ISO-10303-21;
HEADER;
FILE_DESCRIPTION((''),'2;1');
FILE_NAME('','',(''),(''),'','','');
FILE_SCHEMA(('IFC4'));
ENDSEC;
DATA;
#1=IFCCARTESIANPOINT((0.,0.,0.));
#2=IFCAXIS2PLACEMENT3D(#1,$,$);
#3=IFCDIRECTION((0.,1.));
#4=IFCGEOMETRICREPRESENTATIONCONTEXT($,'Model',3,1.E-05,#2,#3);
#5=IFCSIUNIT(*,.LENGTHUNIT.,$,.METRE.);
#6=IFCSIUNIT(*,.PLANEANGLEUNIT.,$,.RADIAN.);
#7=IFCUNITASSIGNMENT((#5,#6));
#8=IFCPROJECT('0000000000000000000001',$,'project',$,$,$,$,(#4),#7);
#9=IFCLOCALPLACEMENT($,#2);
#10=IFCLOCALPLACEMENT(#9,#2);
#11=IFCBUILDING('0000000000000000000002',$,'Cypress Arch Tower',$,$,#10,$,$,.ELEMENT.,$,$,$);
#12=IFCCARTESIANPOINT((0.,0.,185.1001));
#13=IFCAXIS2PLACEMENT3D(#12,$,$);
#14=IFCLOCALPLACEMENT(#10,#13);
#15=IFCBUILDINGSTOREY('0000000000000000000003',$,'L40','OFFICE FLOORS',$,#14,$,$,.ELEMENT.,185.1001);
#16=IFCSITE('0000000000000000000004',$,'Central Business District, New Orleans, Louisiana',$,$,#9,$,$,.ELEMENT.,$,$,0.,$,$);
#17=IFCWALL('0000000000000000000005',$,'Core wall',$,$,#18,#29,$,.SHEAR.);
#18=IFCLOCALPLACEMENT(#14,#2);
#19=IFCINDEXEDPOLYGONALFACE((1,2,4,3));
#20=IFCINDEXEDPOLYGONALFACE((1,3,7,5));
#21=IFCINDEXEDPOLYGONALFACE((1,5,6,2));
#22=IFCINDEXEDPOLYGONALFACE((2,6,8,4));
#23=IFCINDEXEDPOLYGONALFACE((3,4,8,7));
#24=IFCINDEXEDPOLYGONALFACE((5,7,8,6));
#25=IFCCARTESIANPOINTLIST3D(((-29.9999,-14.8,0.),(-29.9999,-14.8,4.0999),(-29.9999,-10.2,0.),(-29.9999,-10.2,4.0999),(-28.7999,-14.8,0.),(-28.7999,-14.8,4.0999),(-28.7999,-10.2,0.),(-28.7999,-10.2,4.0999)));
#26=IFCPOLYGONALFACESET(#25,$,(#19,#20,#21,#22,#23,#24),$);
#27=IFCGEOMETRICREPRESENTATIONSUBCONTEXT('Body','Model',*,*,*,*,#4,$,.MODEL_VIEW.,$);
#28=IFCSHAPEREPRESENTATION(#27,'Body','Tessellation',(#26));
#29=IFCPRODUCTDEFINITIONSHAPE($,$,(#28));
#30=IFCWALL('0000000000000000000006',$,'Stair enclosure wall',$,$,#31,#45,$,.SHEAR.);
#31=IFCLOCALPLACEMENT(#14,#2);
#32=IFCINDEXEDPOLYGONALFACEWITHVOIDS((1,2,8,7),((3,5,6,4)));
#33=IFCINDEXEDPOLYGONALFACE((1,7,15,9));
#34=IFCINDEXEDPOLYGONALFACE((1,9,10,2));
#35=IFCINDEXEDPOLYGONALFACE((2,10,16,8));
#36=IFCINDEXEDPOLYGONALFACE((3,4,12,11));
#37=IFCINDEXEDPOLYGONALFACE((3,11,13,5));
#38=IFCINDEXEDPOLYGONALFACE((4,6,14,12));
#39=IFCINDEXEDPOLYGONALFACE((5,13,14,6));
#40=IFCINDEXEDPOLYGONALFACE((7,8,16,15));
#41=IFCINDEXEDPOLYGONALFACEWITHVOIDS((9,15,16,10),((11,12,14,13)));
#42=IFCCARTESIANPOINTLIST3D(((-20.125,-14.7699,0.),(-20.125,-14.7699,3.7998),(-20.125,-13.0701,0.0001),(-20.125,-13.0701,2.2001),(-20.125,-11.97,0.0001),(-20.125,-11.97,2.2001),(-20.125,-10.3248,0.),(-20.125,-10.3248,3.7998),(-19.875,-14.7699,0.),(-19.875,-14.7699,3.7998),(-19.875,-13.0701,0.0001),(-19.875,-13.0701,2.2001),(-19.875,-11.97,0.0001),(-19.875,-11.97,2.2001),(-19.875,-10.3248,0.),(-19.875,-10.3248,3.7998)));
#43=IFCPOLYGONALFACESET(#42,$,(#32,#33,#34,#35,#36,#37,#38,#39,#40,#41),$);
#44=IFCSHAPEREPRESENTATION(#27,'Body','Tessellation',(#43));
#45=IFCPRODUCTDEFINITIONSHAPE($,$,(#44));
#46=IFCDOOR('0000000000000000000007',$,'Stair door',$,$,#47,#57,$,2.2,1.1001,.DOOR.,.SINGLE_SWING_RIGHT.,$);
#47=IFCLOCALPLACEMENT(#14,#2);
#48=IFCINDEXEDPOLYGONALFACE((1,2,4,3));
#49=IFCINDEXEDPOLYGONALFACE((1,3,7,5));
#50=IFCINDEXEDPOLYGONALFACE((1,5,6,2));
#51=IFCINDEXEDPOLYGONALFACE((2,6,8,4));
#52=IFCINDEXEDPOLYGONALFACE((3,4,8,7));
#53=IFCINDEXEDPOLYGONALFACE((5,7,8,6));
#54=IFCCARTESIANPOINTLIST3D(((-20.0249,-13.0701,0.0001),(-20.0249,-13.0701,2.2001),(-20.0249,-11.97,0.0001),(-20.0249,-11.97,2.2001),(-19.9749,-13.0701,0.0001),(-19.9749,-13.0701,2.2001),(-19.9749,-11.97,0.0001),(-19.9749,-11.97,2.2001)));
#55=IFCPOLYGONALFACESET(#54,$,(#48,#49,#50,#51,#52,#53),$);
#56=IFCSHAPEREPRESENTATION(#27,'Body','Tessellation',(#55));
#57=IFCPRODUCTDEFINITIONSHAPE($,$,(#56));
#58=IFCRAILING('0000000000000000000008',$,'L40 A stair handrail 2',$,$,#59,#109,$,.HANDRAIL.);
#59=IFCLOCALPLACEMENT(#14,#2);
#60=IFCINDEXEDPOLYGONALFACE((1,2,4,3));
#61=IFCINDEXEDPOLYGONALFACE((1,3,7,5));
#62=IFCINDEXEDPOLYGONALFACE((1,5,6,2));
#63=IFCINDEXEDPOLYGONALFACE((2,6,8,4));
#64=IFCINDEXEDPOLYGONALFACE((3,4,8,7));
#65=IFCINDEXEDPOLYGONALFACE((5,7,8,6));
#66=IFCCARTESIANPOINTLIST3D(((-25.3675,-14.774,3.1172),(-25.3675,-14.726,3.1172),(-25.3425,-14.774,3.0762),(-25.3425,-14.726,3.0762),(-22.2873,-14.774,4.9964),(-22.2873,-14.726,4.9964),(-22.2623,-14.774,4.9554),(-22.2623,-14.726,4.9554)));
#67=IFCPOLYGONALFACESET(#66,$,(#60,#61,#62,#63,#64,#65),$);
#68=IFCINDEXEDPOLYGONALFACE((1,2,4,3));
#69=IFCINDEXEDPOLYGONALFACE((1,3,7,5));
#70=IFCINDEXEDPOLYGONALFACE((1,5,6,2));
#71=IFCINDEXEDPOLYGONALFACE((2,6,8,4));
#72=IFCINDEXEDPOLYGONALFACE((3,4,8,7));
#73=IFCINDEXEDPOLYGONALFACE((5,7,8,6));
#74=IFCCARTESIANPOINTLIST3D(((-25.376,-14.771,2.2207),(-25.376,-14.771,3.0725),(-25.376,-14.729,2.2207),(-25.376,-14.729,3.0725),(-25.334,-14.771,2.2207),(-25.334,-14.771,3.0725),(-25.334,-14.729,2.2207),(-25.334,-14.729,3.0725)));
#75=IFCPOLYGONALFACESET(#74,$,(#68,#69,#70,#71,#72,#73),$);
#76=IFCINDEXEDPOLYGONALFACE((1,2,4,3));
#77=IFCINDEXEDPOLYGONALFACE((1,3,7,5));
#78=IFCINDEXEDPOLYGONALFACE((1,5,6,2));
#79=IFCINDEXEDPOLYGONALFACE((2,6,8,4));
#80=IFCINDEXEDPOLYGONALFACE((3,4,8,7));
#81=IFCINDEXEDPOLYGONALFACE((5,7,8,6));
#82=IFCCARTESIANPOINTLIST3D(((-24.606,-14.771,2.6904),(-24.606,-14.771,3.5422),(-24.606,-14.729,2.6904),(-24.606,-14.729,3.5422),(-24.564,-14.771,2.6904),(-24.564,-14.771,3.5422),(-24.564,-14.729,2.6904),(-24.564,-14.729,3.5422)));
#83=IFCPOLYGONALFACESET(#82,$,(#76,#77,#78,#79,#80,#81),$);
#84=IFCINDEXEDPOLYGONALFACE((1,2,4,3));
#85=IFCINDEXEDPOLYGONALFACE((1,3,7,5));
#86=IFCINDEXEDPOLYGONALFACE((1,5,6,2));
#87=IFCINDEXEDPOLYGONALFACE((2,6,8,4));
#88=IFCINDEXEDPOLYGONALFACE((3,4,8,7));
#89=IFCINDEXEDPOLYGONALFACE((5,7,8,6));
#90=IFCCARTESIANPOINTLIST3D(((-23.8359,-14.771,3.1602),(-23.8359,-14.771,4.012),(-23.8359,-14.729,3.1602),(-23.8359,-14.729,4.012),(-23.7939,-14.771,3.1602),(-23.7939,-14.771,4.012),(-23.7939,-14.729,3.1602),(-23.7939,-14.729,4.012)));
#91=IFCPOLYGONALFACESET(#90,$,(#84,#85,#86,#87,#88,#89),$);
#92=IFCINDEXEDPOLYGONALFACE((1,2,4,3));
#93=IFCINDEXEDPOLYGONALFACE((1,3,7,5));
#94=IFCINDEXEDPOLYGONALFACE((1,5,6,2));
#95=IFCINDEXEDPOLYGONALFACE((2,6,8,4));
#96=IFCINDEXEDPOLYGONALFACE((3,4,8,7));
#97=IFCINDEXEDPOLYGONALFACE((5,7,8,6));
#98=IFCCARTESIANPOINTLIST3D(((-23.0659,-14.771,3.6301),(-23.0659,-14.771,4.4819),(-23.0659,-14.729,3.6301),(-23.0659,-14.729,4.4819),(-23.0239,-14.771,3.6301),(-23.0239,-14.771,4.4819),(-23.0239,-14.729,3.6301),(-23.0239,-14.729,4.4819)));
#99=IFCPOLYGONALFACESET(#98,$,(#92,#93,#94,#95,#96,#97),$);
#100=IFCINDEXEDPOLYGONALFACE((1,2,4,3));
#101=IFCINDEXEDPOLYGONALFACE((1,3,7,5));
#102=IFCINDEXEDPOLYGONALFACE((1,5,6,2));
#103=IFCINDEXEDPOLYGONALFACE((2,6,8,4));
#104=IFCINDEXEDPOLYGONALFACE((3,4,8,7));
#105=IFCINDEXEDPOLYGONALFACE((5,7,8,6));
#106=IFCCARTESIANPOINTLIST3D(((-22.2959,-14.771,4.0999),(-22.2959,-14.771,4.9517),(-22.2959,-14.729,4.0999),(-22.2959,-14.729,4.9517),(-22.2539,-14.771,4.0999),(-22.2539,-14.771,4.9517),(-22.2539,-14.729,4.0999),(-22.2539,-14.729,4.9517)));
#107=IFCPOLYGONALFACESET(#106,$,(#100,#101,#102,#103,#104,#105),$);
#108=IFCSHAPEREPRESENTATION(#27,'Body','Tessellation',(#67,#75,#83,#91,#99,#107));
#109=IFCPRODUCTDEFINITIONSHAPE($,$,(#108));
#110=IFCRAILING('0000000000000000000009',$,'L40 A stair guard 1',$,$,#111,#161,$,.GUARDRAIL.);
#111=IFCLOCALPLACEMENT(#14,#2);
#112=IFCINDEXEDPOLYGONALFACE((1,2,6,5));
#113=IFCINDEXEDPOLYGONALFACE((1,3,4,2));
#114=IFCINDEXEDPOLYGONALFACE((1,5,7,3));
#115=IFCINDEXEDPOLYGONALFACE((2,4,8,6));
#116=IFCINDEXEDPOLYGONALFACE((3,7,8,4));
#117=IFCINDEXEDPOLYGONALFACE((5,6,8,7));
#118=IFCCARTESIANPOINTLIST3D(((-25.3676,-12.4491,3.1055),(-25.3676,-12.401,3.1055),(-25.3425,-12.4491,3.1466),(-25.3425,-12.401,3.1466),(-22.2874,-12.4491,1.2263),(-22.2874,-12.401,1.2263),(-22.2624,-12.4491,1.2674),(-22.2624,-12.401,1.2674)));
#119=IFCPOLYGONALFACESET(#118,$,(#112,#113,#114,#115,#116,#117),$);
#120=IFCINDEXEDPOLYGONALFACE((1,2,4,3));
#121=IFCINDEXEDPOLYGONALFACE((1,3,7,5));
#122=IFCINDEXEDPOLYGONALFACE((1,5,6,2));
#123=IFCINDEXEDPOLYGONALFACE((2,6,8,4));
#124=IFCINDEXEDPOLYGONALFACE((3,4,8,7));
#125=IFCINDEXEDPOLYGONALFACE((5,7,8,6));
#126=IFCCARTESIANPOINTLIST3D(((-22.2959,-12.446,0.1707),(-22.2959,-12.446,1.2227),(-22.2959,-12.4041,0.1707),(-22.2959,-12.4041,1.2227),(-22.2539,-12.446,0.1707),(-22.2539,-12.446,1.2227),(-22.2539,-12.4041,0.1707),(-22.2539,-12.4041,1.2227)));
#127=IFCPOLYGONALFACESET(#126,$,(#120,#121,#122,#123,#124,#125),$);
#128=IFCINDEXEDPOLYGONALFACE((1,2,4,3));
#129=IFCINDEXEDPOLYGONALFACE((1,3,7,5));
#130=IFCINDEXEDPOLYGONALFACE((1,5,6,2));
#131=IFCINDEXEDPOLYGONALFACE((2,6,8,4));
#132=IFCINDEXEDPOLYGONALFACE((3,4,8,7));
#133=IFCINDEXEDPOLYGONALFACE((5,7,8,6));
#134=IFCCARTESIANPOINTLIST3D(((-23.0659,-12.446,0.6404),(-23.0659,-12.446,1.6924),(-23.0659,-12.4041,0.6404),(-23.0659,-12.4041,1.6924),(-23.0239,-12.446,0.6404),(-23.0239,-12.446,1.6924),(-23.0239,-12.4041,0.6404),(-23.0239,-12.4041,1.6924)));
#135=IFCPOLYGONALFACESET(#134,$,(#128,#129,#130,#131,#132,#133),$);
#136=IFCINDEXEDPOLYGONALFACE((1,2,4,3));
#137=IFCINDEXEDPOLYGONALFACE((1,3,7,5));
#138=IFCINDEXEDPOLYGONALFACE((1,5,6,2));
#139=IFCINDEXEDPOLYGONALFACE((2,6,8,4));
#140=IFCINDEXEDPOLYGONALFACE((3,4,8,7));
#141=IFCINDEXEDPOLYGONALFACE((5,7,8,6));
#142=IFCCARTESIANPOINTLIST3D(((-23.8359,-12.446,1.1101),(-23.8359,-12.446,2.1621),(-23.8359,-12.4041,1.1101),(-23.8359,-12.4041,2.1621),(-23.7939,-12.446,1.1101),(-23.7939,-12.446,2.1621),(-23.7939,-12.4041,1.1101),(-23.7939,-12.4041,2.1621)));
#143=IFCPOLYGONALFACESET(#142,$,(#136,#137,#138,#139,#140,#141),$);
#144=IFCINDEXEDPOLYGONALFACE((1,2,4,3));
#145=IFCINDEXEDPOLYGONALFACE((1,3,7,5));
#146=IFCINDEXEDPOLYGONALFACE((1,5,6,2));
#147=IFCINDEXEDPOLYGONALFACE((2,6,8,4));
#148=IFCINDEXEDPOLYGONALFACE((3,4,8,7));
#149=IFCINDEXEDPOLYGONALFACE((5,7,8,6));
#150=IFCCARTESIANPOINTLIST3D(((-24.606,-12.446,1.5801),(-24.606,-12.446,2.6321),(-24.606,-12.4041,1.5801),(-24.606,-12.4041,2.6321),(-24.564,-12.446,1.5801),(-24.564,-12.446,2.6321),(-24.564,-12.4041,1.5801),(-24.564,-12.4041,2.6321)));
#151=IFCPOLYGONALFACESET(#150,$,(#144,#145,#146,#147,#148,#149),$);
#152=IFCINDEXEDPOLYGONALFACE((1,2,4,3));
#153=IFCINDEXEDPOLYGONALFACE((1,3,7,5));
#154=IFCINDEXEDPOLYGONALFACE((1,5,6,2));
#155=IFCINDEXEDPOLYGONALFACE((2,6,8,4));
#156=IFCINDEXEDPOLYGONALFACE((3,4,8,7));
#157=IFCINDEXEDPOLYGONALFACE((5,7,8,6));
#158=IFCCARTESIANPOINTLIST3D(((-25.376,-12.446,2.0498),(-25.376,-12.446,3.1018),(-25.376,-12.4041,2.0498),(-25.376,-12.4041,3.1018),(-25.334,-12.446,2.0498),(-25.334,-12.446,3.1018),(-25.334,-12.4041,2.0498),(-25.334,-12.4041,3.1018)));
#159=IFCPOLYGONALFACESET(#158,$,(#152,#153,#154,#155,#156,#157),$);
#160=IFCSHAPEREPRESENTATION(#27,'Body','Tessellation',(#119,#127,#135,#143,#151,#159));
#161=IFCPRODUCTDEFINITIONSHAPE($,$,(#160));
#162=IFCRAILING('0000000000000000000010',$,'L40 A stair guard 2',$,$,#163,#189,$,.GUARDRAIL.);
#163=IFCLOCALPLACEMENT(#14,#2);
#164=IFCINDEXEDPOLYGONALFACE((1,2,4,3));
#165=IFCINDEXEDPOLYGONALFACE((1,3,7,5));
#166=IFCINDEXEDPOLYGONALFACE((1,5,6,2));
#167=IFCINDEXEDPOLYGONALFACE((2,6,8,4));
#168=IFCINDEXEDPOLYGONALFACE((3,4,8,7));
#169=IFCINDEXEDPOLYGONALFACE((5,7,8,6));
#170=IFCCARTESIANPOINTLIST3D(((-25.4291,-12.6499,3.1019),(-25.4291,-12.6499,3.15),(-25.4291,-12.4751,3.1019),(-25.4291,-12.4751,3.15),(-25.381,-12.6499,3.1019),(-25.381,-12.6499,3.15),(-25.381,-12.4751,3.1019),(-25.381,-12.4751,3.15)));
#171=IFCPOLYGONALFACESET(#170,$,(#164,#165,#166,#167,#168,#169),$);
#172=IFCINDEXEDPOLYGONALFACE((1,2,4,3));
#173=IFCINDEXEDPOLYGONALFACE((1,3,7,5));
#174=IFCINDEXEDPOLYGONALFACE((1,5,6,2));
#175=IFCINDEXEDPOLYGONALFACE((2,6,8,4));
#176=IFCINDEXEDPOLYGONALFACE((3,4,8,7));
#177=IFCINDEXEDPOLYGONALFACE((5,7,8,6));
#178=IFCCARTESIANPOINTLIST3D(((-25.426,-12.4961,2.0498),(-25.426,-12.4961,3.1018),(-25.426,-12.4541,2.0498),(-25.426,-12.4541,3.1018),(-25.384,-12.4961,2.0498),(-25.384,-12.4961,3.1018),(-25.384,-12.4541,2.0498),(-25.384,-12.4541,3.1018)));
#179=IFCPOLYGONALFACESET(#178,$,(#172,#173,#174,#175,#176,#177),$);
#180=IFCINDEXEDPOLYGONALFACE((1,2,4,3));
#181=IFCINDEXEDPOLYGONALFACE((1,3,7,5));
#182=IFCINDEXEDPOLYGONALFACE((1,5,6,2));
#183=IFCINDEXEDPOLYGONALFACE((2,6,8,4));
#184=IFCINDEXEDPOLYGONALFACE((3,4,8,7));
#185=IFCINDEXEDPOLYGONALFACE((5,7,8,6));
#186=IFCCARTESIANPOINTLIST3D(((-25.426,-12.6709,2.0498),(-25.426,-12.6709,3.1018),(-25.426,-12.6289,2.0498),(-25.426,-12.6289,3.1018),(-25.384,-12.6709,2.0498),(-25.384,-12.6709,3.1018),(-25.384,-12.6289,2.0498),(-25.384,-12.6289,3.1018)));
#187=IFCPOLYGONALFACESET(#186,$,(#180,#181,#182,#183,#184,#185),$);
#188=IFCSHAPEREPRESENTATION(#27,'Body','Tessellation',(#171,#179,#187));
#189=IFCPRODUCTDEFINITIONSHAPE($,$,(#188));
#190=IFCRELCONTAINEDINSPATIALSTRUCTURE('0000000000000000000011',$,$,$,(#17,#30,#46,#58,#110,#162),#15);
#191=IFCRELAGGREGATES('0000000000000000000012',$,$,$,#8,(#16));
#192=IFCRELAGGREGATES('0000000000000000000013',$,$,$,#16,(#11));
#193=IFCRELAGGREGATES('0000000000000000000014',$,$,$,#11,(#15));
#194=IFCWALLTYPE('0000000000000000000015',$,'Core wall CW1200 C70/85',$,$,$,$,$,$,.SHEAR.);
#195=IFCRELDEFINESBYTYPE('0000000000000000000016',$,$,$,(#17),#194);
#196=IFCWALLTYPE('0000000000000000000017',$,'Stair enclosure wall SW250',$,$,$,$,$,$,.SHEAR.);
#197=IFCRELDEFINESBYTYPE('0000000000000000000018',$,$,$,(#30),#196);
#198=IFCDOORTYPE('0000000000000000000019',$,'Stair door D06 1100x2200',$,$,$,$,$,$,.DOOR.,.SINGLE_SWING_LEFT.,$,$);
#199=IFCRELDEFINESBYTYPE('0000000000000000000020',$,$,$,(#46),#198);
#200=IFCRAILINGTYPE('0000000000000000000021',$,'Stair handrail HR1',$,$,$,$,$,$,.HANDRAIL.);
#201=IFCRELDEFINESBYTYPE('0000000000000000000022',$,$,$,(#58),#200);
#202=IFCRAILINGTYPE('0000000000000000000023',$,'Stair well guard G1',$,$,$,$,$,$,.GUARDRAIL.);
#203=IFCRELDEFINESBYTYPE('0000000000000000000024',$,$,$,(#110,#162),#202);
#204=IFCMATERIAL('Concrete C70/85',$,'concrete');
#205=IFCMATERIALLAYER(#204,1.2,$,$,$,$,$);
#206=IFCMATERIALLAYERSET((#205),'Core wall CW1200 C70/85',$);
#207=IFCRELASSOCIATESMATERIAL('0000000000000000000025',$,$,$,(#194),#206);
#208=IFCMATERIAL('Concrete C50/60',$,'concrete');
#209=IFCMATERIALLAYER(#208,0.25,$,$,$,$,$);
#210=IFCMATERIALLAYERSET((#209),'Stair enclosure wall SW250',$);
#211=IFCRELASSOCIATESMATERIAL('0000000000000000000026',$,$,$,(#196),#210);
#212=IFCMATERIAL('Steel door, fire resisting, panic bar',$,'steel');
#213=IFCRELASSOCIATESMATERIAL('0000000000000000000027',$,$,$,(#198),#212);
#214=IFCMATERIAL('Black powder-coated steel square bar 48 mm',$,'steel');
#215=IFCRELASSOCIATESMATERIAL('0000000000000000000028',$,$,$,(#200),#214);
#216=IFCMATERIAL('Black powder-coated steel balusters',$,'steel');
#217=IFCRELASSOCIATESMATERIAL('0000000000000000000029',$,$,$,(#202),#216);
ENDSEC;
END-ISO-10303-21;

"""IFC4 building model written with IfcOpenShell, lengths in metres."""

from ifc_helpers import new_model, si_unit, direction, frame, frame_2d, origin, origin_2d, place, context, subcontext, project, spatial, rectangle, extrude, material, layer, layer_set, type_object, element, fill, save


model = new_model("IFC4")

# Units and contexts
model_context = context("Model", 3, precision=1e-05, world=origin(), true_north=direction((0.0, 1.0)))
body_context = subcontext(model_context, "Body", "Model", "MODEL_VIEW")
ifc_project = project(units=[si_unit("LENGTHUNIT", "METRE"), si_unit("PLANEANGLEUNIT", "RADIAN")], contexts=[model_context])

# Site, building, storey
site_placement = place(None, origin())
site = spatial("IfcSite", under=ifc_project, at=site_placement, Name="Central Business District, New Orleans, Louisiana", CompositionType="ELEMENT", RefElevation=0.0)
building_placement = place(site_placement, origin())
building = spatial("IfcBuilding", under=site, at=building_placement, Name="Cypress Arch Tower", CompositionType="ELEMENT")
storey_placement = place(building_placement, frame((0.0, 0.0, 185.1001)))
storey = spatial("IfcBuildingStorey", under=building, at=storey_placement, Name="L40", Description="OFFICE FLOORS", CompositionType="ELEMENT", Elevation=185.1001)

# Wall
ifc_material_1 = material(Name="Concrete C70/85", Category="concrete")
ifc_layer_1 = layer(ifc_material_1, 1.2)
ifc_layer_set_1 = layer_set([ifc_layer_1], Name="Core wall CW1200 C70/85")
wall_type_1 = type_object("IfcWallType", Name="Core wall CW1200 C70/85", PredefinedType="SHEAR", material=ifc_layer_set_1)
wall_1_placement = place(storey_placement, frame((-29.3999, -14.8, 0.0), z_axis=(0.0, 0.0, 1.0), x_axis=(0.0, 1.0, 0.0)))
element("IfcWall", 1, at=wall_1_placement, inside=storey, type_object=wall_type_1, Name="Core wall", PredefinedType="SHEAR", context=body_context, shape_type="SweptSolid", body=[
    extrude(rectangle(XDim=4.6001, YDim=1.2, at=frame_2d((2.3, 0.0))), origin(), (0.0, 0.0, 1.0), 4.0999),
])

# Wall, opening, door
ifc_material_2 = material(Name="Concrete C50/60", Category="concrete")
ifc_layer_2 = layer(ifc_material_2, 0.25)
ifc_layer_set_2 = layer_set([ifc_layer_2], Name="Stair enclosure wall SW250")
wall_type_2 = type_object("IfcWallType", Name="Stair enclosure wall SW250", PredefinedType="SHEAR", material=ifc_layer_set_2)
wall_2_placement = place(storey_placement, frame((-20.0, -14.77, 0.0), z_axis=(0.0, 0.0, 1.0), x_axis=(0.0, 1.0, 0.0)))
wall_2 = element("IfcWall", 2, at=wall_2_placement, inside=storey, type_object=wall_type_2, Name="Stair enclosure wall", PredefinedType="SHEAR", context=body_context, shape_type="SweptSolid", body=[
    extrude(rectangle(XDim=4.4451, YDim=0.25, at=frame_2d((2.2227, 0.0))), origin(), (0.0, 0.0, 1.0), 3.7998),
])
opening_1_placement = place(wall_2_placement, frame((1.7, 0.0, 0.0)))
opening_1 = element("IfcOpeningElement", 3, at=opening_1_placement, cuts=wall_2, PredefinedType="OPENING", context=body_context, shape_type="SweptSolid", body=[
    extrude(rectangle(XDim=1.1001, YDim=2.2, at=frame_2d((0.55, 1.1001))), frame((0.0, 0.135, 0.0), z_axis=(0.0, -1.0, 0.0), x_axis=(1.0, 0.0, 0.0)), (0.0, 0.0, 1.0), 0.27),
])
ifc_material_3 = material(Name="Steel door, fire resisting, panic bar", Category="steel")
door_type = type_object("IfcDoorType", Name="Stair door D06 1100x2200", OperationType="SINGLE_SWING_LEFT", PredefinedType="DOOR", material=ifc_material_3)
door_placement = place(opening_1_placement, origin())
door = element("IfcDoor", 4, at=door_placement, inside=storey, type_object=door_type, Name="Stair door", OperationType="SINGLE_SWING_RIGHT", OverallHeight=2.2, OverallWidth=1.1001, PredefinedType="DOOR", context=body_context, shape_type="SweptSolid", body=[
    extrude(rectangle(XDim=1.1001, YDim=2.2, at=frame_2d((0.55, 1.1001))), frame((0.0, 0.0249, 0.0), z_axis=(0.0, -1.0, 0.0), x_axis=(1.0, 0.0, 0.0)), (0.0, 0.0, 1.0), 0.05),
])
fill(opening_1, door)

# Railings
ifc_material_4 = material(Name="Black powder-coated steel square bar 48 mm", Category="steel")
railing_type_1 = type_object("IfcRailingType", Name="Stair handrail HR1", PredefinedType="HANDRAIL", material=ifc_material_4)
railing_1_placement = place(storey_placement, frame((-25.355, -14.75, 2.2207)))
element("IfcRailing", 5, at=railing_1_placement, inside=storey, type_object=railing_type_1, Name="L40 A stair handrail 2", PredefinedType="HANDRAIL", context=body_context, shape_type="SweptSolid", body=[
    extrude(rectangle(XDim=0.0481, YDim=0.0481, at=origin_2d()), frame((0.0, 0.0, 0.876), z_axis=(0.853666, 0.0, 0.52082), x_axis=(0.0, 1.0, 0.0)), (0.0, 0.0, 1.0), 3.6082),
    extrude(rectangle(XDim=0.042, YDim=0.042, at=origin_2d()), origin(), (0.0, 0.0, 1.0), 0.8518),
    extrude(rectangle(XDim=0.042, YDim=0.042, at=origin_2d()), frame((0.77, 0.0, 0.4697)), (0.0, 0.0, 1.0), 0.8518),
    extrude(rectangle(XDim=0.042, YDim=0.042, at=origin_2d()), frame((1.54, 0.0, 0.9395)), (0.0, 0.0, 1.0), 0.8518),
    extrude(rectangle(XDim=0.042, YDim=0.042, at=origin_2d()), frame((2.3101, 0.0, 1.4094)), (0.0, 0.0, 1.0), 0.8518),
    extrude(rectangle(XDim=0.042, YDim=0.042, at=origin_2d()), frame((3.0801, 0.0, 1.8792)), (0.0, 0.0, 1.0), 0.8518),
])
ifc_material_5 = material(Name="Black powder-coated steel balusters", Category="steel")
railing_type_2 = type_object("IfcRailingType", Name="Stair well guard G1", PredefinedType="GUARDRAIL", material=ifc_material_5)
railing_2_placement = place(storey_placement, frame((-22.2749, -12.425, 0.1707)))
element("IfcRailing", 6, at=railing_2_placement, inside=storey, type_object=railing_type_2, Name="L40 A stair guard 1", PredefinedType="GUARDRAIL", context=body_context, shape_type="SweptSolid", body=[
    extrude(rectangle(XDim=0.0481, YDim=0.0481, at=origin_2d()), frame((0.0, 0.0, 1.0762), z_axis=(-0.853666, 0.0, 0.52082), x_axis=(0.0, -1.0, 0.0)), (0.0, 0.0, 1.0), 3.6082),
    extrude(rectangle(XDim=0.042, YDim=0.042, at=origin_2d()), origin(), (0.0, 0.0, 1.0), 1.052),
    extrude(rectangle(XDim=0.042, YDim=0.042, at=origin_2d()), frame((-0.77, 0.0, 0.4697)), (0.0, 0.0, 1.0), 1.052),
    extrude(rectangle(XDim=0.042, YDim=0.042, at=origin_2d()), frame((-1.54, 0.0, 0.9395)), (0.0, 0.0, 1.0), 1.052),
    extrude(rectangle(XDim=0.042, YDim=0.042, at=origin_2d()), frame((-2.3101, 0.0, 1.4094)), (0.0, 0.0, 1.0), 1.052),
    extrude(rectangle(XDim=0.042, YDim=0.042, at=origin_2d()), frame((-3.0801, 0.0, 1.8792)), (0.0, 0.0, 1.0), 1.052),
])
railing_3_placement = place(storey_placement, frame((-25.405, -12.4751, 2.0498)))
element("IfcRailing", 7, at=railing_3_placement, inside=storey, type_object=railing_type_2, Name="L40 A stair guard 2", PredefinedType="GUARDRAIL", context=body_context, shape_type="SweptSolid", body=[
    extrude(rectangle(XDim=0.0481, YDim=0.0481, at=origin_2d()), frame((0.0, 0.0, 1.0762), z_axis=(0.0, -1.0, 0.0), x_axis=(1.0, 0.0, 0.0)), (0.0, 0.0, 1.0), 0.1748),
    extrude(rectangle(XDim=0.042, YDim=0.042, at=origin_2d()), origin(), (0.0, 0.0, 1.0), 1.052),
    extrude(rectangle(XDim=0.042, YDim=0.042, at=origin_2d()), frame((0.0, -0.1748, 0.0)), (0.0, 0.0, 1.0), 1.052),
])

save(model, "model.ifc")
